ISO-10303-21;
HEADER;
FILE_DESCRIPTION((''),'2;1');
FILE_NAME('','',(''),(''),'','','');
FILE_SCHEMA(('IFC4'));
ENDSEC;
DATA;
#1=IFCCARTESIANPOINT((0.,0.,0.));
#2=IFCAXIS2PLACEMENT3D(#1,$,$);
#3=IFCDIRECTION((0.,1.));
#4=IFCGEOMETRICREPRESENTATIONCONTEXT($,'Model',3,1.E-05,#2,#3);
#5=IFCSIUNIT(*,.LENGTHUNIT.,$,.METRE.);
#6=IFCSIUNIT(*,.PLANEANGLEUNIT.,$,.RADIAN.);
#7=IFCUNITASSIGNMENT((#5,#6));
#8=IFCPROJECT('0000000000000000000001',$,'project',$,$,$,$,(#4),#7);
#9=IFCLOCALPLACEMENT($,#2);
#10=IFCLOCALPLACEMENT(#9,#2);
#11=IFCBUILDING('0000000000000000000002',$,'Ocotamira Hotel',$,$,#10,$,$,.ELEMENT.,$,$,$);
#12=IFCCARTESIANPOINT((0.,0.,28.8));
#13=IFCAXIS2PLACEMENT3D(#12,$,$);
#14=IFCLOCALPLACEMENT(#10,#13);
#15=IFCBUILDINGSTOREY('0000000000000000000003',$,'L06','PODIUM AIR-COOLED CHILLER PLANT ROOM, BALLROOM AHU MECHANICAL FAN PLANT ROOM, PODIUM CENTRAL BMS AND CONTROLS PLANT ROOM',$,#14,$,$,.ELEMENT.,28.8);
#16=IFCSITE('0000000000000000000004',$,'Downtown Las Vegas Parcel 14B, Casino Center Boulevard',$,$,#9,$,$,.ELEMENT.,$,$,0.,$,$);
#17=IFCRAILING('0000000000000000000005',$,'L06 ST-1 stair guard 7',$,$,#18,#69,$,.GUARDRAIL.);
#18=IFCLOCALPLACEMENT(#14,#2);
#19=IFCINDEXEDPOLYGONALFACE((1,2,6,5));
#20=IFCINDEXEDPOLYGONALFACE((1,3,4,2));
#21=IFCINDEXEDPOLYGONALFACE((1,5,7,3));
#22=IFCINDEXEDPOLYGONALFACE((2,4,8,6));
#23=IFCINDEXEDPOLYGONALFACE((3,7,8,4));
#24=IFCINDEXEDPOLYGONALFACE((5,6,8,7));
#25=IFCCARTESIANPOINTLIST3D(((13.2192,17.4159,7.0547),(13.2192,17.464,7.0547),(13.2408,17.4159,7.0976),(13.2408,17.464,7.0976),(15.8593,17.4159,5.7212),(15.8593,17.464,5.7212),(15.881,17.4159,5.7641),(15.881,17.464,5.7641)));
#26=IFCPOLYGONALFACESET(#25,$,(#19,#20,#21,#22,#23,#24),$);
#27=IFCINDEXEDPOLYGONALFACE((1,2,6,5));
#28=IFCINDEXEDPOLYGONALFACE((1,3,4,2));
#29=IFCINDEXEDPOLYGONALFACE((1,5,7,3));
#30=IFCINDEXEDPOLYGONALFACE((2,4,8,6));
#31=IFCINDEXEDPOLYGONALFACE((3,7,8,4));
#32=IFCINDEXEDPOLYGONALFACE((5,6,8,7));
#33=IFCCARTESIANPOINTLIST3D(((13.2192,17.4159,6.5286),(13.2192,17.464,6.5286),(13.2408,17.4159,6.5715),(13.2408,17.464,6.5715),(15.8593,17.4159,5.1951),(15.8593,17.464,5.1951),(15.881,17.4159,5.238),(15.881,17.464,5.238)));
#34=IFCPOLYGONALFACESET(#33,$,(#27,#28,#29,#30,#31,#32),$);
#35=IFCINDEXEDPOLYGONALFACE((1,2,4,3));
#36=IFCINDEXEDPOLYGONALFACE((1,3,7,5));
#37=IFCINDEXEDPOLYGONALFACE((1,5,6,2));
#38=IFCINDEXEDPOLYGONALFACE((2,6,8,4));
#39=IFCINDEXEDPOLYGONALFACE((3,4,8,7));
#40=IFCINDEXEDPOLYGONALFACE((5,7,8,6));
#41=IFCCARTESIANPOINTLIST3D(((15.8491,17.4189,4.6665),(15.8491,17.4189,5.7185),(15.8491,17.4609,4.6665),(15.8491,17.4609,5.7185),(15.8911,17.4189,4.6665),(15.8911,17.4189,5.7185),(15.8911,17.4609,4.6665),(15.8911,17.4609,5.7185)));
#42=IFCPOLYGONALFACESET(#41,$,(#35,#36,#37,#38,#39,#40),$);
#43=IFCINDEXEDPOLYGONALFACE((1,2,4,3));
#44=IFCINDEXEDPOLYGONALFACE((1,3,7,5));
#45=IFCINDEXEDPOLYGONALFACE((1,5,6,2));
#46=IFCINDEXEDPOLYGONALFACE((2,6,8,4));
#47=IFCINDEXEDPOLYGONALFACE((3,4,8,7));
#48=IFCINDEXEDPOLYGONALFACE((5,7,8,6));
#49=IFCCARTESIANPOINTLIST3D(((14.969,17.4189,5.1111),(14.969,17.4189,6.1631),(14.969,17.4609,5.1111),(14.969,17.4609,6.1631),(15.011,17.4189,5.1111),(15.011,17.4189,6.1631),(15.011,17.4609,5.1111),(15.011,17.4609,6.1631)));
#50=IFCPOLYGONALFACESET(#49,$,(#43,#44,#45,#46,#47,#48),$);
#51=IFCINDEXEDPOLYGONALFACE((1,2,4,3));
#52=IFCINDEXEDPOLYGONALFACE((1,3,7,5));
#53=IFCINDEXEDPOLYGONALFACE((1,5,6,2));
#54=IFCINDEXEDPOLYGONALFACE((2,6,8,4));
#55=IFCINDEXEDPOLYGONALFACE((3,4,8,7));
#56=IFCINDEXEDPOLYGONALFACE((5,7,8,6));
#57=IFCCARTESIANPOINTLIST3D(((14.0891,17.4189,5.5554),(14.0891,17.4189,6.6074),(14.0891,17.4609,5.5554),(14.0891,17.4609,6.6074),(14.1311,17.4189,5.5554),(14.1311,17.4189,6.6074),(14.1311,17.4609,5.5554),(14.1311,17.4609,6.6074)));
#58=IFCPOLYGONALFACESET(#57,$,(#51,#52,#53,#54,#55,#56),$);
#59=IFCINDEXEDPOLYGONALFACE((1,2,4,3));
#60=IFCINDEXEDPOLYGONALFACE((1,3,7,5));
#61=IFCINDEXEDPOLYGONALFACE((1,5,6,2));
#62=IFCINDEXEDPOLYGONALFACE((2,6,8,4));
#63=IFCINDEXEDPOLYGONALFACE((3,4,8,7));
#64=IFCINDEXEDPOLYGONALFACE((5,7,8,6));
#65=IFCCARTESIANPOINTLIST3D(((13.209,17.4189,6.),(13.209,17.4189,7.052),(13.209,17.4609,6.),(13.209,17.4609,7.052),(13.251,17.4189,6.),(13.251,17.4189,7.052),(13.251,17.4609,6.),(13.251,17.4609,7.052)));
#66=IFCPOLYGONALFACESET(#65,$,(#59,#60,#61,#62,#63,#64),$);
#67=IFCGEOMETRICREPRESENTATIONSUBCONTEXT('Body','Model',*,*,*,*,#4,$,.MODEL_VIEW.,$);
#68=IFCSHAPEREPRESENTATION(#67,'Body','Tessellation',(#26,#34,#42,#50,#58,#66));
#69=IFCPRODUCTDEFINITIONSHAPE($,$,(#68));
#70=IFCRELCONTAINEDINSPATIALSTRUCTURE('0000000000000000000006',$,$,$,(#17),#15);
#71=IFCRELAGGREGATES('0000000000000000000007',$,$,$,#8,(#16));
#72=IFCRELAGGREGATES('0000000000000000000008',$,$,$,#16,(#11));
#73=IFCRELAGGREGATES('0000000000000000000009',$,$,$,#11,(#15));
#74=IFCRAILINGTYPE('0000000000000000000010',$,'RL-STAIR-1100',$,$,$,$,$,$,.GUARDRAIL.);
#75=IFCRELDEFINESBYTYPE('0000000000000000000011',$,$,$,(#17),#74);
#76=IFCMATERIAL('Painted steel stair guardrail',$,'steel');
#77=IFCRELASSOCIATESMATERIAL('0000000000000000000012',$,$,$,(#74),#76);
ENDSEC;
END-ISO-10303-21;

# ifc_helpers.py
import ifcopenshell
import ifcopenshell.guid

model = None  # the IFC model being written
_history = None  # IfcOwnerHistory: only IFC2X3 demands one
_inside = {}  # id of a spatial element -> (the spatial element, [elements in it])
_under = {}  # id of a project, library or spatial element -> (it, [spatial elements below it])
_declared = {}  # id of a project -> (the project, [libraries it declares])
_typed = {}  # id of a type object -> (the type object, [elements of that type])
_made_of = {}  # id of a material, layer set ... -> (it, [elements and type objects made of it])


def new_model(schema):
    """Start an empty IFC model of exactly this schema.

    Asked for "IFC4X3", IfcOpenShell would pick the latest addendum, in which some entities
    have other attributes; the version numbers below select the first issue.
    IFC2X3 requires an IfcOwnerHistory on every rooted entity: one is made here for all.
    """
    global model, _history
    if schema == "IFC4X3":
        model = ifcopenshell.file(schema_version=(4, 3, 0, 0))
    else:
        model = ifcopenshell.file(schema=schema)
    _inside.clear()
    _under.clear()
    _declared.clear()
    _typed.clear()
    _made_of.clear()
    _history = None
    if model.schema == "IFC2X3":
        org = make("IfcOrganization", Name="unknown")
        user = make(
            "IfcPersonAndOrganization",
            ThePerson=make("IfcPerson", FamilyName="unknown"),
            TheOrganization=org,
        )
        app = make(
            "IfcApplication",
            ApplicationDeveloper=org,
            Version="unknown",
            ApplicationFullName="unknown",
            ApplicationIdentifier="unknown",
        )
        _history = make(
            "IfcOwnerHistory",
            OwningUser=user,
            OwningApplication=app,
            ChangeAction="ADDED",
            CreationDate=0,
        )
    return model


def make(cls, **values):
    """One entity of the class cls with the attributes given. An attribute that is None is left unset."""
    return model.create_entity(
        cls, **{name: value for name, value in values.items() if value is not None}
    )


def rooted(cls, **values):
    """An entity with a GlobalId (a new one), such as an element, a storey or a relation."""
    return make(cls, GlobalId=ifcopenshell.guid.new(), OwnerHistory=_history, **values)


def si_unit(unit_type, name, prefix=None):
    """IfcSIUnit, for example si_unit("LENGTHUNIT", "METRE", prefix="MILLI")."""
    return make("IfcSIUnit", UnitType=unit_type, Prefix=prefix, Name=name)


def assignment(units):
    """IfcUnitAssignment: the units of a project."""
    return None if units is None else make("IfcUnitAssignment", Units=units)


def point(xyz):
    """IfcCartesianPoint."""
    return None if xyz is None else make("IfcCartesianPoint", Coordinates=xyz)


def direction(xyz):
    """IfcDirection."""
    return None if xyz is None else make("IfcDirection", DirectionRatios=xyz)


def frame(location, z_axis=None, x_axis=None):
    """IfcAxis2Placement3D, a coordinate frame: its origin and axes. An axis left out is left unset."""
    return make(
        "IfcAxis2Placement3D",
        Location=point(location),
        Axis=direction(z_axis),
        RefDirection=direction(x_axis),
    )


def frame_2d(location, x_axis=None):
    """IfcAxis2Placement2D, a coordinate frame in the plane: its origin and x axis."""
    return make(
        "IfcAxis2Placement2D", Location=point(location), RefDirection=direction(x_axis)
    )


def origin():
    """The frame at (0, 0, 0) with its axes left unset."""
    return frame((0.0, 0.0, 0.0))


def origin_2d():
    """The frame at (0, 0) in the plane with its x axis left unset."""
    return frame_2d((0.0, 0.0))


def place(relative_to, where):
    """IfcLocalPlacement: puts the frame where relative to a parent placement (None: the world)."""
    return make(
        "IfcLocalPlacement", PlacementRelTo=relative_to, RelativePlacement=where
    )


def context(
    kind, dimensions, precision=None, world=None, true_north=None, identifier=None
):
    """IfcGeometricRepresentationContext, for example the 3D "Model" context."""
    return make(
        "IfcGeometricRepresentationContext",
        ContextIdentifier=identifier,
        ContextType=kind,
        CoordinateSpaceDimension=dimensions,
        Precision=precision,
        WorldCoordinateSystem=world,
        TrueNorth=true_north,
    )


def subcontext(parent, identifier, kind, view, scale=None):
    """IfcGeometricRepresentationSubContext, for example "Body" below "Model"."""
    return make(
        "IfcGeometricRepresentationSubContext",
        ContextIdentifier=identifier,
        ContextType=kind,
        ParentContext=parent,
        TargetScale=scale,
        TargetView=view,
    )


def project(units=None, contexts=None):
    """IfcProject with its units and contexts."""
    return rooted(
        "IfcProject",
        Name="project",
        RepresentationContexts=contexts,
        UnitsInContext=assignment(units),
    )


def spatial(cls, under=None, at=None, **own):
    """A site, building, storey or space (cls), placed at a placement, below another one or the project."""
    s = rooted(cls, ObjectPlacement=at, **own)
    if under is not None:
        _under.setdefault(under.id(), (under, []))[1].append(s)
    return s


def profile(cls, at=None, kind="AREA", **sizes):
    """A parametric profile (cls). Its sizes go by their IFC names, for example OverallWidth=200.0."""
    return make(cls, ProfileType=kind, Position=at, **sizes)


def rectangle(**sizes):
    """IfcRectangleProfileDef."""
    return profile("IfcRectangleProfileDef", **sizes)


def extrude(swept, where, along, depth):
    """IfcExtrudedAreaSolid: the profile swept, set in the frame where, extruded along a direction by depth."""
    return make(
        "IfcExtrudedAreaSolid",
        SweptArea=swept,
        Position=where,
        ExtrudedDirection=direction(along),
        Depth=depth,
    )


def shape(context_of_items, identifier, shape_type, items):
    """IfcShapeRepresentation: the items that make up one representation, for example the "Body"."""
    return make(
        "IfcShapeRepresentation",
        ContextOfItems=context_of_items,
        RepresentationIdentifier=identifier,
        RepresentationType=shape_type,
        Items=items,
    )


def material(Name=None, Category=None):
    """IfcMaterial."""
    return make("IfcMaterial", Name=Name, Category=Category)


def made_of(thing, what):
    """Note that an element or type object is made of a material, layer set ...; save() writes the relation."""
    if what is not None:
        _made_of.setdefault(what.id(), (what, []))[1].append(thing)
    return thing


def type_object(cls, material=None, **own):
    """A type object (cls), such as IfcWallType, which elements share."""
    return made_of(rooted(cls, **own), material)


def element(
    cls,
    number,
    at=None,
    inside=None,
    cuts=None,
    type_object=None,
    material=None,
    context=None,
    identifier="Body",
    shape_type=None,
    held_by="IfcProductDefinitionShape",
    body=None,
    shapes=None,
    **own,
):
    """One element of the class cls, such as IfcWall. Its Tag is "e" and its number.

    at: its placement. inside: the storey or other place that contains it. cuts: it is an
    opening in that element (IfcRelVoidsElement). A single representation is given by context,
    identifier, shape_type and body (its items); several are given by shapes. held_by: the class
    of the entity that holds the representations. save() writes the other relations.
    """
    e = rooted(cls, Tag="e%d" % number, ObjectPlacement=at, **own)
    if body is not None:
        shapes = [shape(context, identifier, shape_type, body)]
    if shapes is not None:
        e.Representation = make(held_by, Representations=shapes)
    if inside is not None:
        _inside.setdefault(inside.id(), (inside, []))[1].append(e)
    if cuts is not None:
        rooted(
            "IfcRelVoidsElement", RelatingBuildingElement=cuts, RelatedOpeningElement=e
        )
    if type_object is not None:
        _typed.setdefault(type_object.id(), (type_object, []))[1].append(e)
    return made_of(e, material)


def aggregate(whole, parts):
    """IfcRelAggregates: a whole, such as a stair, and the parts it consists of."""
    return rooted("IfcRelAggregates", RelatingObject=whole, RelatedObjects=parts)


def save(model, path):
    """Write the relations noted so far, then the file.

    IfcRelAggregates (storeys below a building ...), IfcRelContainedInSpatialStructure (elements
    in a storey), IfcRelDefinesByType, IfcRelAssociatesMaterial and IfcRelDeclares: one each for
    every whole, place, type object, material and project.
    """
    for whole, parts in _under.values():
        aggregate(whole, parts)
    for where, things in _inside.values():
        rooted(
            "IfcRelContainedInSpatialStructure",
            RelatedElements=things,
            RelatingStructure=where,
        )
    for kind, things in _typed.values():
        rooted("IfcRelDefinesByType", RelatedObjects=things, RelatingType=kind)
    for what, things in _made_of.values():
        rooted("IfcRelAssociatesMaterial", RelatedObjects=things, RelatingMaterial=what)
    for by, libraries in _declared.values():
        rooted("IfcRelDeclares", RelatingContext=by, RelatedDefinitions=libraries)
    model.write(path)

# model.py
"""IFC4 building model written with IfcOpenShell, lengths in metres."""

from ifc_helpers import new_model, si_unit, direction, frame, origin, origin_2d, place, context, subcontext, project, spatial, rectangle, extrude, material, type_object, element, save


model = new_model("IFC4")

# Units and contexts
model_context = context("Model", 3, precision=1e-05, world=origin(), true_north=direction((0.0, 1.0)))
body_context = subcontext(model_context, "Body", "Model", "MODEL_VIEW")
ifc_project = project(units=[si_unit("LENGTHUNIT", "METRE"), si_unit("PLANEANGLEUNIT", "RADIAN")], contexts=[model_context])

# Site, building, storey
site_placement = place(None, origin())
site = spatial("IfcSite", under=ifc_project, at=site_placement, Name="Downtown Las Vegas Parcel 14B, Casino Center Boulevard", CompositionType="ELEMENT", RefElevation=0.0)
building_placement = place(site_placement, origin())
building = spatial("IfcBuilding", under=site, at=building_placement, Name="Ocotamira Hotel", CompositionType="ELEMENT")
storey_placement = place(building_placement, frame((0.0, 0.0, 28.8)))
storey = spatial("IfcBuildingStorey", under=building, at=storey_placement, Name="L06", Description="PODIUM AIR-COOLED CHILLER PLANT ROOM, BALLROOM AHU MECHANICAL FAN PLANT ROOM, PODIUM CENTRAL BMS AND CONTROLS PLANT ROOM", CompositionType="ELEMENT", Elevation=28.8)

# Railing
ifc_material_1 = material(Name="Painted steel stair guardrail", Category="steel")
railing_type_1 = type_object("IfcRailingType", Name="RL-STAIR-1100", PredefinedType="GUARDRAIL", material=ifc_material_1)
railing_1_placement = place(storey_placement, frame((15.8701, 17.4399, 4.6665)))
element("IfcRailing", 1, at=railing_1_placement, inside=storey, type_object=railing_type_1, Name="L06 ST-1 stair guard 7", PredefinedType="GUARDRAIL", context=body_context, shape_type="SweptSolid", body=[
    extrude(rectangle(XDim=0.0481, YDim=0.0481, at=origin_2d()), frame((0.0, 0.0, 1.0762), z_axis=(-0.892604, 0.0, 0.450842), x_axis=(0.0, -1.0, 0.0)), (0.0, 0.0, 1.0), 2.9578),
    extrude(rectangle(XDim=0.0481, YDim=0.0481, at=origin_2d()), frame((0.0, 0.0, 0.55), z_axis=(-0.892604, 0.0, 0.450842), x_axis=(0.0, -1.0, 0.0)), (0.0, 0.0, 1.0), 2.9578),
    extrude(rectangle(XDim=0.042, YDim=0.042, at=origin_2d()), origin(), (0.0, 0.0, 1.0), 1.052),
    extrude(rectangle(XDim=0.042, YDim=0.042, at=origin_2d()), frame((-0.8801, 0.0, 0.4446)), (0.0, 0.0, 1.0), 1.052),
    extrude(rectangle(XDim=0.042, YDim=0.042, at=origin_2d()), frame((-1.76, 0.0, 0.8889)), (0.0, 0.0, 1.0), 1.052),
    extrude(rectangle(XDim=0.042, YDim=0.042, at=origin_2d()), frame((-2.6401, 0.0, 1.3335)), (0.0, 0.0, 1.0), 1.052),
])

save(model, "model.ifc")
